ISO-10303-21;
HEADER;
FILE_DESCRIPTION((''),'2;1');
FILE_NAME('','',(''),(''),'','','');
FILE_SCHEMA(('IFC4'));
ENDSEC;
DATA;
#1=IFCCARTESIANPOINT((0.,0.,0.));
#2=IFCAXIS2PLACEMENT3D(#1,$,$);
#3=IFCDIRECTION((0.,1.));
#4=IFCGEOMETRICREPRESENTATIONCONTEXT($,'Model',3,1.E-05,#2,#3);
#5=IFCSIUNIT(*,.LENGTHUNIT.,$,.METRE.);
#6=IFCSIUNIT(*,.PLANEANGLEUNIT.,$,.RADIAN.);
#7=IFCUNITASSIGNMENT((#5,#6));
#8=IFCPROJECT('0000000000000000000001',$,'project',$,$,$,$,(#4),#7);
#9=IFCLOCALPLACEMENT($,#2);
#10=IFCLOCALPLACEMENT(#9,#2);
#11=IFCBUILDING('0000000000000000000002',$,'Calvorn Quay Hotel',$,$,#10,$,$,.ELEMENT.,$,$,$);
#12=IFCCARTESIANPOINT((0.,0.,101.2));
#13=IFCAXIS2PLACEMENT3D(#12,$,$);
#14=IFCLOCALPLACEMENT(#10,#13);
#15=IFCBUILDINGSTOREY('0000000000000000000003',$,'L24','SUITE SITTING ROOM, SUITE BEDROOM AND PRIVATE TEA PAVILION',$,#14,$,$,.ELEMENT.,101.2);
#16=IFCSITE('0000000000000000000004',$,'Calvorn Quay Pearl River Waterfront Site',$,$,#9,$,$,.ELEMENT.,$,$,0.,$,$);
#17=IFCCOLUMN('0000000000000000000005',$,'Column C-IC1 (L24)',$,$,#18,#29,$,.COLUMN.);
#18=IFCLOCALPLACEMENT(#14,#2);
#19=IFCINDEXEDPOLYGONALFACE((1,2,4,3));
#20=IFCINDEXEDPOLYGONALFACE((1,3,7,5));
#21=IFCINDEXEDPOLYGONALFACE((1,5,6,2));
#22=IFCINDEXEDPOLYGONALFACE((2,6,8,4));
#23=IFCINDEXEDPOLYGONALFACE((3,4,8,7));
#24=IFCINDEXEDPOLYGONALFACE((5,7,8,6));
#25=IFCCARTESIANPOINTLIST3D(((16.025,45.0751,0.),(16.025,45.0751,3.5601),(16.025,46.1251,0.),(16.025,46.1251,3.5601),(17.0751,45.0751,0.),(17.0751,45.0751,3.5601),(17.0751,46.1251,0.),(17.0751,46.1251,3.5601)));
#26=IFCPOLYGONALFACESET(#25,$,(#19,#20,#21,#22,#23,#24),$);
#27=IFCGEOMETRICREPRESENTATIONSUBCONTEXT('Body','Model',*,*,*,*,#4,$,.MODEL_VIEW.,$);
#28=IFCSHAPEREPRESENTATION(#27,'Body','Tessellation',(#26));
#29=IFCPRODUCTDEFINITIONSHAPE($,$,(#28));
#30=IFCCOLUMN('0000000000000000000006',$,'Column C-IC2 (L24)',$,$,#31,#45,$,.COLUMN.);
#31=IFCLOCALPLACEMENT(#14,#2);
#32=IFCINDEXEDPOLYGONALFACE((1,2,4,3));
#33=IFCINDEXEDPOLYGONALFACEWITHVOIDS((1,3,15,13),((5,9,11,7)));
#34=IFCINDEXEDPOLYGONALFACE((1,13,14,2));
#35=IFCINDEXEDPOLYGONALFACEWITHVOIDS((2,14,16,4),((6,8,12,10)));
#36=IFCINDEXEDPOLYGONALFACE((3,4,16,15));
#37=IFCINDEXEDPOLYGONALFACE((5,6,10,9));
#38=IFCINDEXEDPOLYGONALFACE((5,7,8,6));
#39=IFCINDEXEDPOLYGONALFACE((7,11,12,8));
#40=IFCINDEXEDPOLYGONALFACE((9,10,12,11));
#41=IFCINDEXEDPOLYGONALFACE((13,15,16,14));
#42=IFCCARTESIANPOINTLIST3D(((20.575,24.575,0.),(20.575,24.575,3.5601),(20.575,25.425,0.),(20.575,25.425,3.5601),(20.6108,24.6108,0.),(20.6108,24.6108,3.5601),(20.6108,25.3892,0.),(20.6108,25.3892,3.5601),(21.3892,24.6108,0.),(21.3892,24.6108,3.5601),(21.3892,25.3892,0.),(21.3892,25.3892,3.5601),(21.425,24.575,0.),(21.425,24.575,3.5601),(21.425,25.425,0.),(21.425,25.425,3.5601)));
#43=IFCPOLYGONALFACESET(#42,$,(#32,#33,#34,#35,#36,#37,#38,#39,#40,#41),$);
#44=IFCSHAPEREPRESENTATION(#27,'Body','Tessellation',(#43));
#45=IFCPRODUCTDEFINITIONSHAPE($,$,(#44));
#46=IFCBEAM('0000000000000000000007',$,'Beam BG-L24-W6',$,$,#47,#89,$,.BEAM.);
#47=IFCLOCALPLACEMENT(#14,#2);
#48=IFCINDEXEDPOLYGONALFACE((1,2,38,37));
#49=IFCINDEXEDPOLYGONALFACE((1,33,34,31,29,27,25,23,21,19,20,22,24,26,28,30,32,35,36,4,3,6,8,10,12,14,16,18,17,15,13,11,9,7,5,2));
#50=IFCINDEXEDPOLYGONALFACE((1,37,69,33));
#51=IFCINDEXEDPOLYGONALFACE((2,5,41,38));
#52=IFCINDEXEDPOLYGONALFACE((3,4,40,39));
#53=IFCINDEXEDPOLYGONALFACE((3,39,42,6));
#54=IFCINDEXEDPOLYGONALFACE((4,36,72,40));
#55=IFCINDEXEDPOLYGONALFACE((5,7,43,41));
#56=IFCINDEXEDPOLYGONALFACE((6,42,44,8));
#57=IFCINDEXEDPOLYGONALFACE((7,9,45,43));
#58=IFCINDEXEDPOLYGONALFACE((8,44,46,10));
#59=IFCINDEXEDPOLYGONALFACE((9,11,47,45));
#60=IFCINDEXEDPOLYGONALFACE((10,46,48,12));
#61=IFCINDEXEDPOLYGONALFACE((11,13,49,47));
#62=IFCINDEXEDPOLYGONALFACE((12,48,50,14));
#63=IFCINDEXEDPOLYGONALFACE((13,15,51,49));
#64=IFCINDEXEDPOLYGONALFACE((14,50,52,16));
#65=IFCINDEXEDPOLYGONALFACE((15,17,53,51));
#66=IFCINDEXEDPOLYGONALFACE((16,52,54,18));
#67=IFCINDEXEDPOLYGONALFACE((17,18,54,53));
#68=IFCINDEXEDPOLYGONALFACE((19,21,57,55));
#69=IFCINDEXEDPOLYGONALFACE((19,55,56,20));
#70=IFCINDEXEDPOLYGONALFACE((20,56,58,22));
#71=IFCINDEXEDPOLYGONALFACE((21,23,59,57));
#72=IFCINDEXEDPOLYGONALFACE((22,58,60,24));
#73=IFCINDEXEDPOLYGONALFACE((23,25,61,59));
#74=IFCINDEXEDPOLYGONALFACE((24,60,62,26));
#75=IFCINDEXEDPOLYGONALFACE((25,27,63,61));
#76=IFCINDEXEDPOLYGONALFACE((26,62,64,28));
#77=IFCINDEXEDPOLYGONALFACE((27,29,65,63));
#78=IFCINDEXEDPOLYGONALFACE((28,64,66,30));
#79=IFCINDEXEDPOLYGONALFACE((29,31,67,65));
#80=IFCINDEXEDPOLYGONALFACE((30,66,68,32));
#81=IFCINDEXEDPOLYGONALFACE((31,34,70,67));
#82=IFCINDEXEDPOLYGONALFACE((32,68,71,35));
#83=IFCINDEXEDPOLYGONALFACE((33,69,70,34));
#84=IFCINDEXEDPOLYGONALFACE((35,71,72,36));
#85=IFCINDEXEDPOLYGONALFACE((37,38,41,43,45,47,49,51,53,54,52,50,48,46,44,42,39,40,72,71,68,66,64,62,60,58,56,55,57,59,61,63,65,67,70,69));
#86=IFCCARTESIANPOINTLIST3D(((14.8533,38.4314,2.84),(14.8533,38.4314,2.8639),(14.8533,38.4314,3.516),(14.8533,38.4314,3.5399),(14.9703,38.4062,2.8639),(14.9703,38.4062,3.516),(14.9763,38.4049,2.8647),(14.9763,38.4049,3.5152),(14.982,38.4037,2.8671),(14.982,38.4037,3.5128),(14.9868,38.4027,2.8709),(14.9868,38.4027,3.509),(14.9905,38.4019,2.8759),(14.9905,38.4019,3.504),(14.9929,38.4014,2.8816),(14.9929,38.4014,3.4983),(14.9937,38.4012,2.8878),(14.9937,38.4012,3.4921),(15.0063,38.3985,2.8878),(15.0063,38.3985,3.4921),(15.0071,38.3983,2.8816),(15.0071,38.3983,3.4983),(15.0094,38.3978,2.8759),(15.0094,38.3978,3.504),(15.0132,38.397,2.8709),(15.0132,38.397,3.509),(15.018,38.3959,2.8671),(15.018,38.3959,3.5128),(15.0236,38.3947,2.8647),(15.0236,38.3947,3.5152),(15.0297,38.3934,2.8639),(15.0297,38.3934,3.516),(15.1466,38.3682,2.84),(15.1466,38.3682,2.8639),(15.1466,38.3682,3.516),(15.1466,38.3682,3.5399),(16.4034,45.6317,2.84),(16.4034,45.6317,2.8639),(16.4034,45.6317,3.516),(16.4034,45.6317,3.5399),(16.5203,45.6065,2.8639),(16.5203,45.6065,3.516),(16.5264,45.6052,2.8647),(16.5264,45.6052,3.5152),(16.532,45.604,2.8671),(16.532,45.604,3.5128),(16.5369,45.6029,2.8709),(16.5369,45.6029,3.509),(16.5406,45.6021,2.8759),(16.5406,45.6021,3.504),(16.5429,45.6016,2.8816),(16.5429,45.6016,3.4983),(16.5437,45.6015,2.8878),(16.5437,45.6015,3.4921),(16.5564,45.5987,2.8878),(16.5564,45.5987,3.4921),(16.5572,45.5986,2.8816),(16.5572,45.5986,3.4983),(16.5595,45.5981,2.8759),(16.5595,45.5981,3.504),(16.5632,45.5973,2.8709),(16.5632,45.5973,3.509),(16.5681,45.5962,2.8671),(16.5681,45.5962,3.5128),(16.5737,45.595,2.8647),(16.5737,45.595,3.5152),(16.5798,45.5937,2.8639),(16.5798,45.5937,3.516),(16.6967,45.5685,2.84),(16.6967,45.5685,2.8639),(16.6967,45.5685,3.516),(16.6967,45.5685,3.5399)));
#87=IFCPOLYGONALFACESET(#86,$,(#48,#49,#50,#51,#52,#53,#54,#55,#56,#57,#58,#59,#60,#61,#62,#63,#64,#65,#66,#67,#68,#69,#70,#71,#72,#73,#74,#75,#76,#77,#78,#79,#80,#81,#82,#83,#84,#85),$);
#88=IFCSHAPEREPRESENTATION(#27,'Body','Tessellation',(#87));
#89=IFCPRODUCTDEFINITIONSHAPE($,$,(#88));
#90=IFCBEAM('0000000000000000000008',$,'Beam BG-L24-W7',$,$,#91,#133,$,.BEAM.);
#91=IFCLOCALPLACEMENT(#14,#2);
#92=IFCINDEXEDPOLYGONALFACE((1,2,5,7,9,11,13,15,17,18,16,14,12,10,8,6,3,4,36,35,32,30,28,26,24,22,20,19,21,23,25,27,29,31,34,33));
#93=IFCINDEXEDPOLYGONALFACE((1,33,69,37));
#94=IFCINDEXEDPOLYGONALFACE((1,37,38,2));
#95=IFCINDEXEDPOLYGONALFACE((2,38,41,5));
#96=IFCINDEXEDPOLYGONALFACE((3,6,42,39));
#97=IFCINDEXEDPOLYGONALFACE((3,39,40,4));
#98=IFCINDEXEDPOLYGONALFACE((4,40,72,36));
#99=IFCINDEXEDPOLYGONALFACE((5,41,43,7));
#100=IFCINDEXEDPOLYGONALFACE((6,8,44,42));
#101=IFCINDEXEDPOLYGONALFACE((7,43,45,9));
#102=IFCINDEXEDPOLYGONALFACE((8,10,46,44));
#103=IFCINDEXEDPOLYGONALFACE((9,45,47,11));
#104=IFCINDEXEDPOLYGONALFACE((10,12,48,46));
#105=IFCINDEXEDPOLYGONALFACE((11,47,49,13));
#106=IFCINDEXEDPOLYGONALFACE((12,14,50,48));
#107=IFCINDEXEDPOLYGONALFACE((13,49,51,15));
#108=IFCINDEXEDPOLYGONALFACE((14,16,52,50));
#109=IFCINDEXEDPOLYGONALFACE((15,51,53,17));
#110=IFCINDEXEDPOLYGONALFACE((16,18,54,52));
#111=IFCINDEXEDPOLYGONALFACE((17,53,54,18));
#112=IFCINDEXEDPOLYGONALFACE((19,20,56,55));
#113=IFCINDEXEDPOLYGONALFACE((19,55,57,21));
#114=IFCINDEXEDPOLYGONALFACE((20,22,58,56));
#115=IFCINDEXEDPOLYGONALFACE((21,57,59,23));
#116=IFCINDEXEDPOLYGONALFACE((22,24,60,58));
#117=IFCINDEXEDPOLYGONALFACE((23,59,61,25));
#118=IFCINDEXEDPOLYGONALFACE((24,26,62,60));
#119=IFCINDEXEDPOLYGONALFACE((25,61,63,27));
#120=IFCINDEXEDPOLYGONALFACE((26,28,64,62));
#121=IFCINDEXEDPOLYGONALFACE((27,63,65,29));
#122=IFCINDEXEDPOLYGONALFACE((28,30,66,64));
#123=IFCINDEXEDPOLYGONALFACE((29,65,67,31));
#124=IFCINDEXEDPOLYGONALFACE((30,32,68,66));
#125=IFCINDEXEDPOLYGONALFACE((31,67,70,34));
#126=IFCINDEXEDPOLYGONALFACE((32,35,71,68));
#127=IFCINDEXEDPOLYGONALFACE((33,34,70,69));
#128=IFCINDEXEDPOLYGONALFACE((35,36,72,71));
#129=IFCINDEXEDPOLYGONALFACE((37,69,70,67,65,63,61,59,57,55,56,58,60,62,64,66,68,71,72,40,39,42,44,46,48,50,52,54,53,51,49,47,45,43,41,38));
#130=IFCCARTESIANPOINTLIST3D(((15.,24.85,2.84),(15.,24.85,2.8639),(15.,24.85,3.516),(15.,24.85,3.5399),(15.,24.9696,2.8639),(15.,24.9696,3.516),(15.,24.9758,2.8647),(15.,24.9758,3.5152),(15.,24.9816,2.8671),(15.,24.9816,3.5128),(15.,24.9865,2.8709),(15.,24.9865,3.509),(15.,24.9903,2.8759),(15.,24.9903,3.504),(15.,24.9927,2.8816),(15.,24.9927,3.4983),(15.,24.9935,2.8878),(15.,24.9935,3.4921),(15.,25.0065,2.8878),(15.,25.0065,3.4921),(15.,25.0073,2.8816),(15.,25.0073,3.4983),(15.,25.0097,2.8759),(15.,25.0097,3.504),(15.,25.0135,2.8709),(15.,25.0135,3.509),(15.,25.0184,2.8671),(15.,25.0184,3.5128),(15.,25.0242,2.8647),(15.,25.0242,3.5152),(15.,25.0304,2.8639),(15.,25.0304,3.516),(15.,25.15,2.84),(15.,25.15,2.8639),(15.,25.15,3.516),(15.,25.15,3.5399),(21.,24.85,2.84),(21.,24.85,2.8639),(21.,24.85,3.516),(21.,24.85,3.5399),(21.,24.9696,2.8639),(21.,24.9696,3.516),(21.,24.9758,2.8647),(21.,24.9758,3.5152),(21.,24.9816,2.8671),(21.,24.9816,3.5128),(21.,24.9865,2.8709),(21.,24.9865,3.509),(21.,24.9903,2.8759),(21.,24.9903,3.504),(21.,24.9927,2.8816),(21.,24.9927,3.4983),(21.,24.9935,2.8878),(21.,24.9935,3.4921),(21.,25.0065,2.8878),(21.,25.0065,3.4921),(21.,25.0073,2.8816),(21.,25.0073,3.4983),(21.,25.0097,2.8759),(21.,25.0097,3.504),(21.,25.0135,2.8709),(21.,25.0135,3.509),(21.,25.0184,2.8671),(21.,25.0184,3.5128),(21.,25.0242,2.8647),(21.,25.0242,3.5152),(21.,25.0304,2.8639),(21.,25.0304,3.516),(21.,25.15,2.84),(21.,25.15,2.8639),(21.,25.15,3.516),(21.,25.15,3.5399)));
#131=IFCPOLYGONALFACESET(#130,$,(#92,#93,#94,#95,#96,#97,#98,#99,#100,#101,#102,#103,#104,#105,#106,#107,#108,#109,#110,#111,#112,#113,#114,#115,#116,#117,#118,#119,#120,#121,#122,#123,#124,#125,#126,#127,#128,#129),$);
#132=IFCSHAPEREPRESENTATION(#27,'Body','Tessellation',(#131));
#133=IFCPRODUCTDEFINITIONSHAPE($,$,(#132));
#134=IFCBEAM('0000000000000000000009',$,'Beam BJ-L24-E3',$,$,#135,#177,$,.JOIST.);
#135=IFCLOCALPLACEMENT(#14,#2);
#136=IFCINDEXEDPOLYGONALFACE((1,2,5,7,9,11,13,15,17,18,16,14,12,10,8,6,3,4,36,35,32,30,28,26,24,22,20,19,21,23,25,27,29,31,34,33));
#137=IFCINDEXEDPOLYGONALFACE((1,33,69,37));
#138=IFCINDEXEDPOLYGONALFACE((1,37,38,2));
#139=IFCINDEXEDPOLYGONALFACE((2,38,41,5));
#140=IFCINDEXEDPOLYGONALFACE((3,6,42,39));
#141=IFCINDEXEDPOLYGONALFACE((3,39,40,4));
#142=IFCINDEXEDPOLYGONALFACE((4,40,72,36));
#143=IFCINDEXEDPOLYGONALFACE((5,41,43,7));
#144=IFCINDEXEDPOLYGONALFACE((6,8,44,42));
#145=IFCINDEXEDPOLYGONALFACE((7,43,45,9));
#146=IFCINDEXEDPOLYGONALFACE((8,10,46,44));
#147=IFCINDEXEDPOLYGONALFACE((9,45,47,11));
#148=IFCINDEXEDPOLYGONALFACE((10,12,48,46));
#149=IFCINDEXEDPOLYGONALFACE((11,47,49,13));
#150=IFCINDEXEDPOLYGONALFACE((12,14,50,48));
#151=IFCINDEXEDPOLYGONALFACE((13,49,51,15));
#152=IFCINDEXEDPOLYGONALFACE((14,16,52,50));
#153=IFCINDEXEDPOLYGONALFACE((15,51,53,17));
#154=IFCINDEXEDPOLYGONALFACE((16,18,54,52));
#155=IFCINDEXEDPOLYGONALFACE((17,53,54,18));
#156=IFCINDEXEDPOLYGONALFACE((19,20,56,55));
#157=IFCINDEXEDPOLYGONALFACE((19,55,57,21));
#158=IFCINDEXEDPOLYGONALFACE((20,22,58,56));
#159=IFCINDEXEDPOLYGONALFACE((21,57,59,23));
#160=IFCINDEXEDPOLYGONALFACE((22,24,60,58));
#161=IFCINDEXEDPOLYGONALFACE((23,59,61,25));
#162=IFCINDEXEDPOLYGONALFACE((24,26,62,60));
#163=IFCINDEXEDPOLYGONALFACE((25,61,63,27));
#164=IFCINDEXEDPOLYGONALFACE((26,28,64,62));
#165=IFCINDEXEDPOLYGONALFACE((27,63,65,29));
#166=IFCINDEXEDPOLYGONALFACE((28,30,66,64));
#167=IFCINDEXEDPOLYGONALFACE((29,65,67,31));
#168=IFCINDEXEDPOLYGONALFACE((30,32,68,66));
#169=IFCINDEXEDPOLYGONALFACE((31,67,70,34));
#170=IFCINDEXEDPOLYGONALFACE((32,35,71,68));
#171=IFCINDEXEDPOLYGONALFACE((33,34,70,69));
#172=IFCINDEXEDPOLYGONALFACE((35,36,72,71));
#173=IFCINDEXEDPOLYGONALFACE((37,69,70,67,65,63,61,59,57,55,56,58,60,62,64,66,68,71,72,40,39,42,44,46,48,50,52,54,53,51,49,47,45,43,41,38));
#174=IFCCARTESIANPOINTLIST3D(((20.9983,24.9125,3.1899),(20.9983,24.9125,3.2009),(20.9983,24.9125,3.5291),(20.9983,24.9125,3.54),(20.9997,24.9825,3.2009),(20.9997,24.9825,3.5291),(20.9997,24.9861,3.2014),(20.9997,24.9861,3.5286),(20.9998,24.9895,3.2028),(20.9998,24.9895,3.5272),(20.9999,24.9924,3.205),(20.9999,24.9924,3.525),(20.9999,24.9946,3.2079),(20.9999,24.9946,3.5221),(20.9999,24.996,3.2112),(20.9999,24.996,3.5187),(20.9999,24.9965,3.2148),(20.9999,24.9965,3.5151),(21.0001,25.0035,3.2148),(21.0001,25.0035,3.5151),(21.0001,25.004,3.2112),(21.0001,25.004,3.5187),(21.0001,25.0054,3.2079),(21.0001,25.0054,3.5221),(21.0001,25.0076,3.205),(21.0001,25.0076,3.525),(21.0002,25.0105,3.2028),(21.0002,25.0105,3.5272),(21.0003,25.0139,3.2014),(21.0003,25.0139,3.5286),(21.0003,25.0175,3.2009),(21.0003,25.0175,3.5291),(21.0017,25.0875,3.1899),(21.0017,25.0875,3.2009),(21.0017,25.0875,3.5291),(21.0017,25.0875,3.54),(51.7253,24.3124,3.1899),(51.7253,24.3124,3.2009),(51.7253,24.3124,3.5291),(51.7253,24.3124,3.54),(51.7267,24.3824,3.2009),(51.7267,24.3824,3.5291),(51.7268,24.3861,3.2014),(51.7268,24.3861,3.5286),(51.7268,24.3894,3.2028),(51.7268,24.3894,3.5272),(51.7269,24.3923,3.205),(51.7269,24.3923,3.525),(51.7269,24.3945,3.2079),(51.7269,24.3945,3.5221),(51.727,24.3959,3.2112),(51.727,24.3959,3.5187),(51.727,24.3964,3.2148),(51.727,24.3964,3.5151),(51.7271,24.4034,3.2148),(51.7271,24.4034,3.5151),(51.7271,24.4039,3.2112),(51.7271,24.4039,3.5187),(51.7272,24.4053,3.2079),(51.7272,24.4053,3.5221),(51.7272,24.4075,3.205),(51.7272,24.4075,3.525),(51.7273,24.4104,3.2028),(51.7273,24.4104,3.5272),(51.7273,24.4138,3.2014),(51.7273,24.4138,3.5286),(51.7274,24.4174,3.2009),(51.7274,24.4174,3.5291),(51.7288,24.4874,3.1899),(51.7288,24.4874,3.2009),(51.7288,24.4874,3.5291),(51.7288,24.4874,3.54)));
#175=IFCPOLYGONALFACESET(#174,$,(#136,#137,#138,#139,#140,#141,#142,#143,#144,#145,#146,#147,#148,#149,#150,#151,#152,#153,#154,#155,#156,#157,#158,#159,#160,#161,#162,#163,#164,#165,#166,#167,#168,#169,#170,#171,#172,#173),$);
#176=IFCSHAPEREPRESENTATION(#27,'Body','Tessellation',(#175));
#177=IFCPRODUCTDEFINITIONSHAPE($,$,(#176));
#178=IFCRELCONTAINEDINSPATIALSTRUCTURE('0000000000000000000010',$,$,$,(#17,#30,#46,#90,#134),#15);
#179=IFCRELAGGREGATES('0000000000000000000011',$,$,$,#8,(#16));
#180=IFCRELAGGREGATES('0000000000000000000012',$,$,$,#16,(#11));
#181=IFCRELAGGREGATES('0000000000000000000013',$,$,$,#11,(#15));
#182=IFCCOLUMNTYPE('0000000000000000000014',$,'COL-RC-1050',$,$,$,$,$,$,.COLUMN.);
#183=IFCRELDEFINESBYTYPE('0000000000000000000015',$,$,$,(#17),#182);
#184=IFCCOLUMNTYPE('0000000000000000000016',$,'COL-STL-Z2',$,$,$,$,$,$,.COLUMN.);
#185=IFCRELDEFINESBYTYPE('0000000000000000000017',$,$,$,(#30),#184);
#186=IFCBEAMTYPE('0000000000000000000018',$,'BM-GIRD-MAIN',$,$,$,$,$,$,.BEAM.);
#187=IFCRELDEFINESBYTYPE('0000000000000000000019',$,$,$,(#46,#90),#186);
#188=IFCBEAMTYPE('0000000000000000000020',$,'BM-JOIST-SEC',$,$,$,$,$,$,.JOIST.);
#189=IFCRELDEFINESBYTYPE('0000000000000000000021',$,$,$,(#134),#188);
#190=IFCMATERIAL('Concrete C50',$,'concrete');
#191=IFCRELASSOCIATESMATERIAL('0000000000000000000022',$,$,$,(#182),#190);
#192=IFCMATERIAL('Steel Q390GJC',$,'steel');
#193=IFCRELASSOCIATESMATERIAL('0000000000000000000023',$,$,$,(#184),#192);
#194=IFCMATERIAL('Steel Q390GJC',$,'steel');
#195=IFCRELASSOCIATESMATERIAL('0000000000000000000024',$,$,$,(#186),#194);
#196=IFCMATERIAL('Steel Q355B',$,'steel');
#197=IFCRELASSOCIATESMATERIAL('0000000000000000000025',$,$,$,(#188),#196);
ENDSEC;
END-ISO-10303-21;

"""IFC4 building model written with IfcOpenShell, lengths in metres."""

from ifc_helpers import new_model, si_unit, direction, frame, origin, origin_2d, place, context, subcontext, project, spatial, rectangle, hollow_rectangle, i_section, extrude, material, material_profile, profile_set, type_object, element, save


model = new_model("IFC4")

# Units and contexts
model_context = context("Model", 3, precision=1e-05, world=origin(), true_north=direction((0.0, 1.0)))
body_context = subcontext(model_context, "Body", "Model", "MODEL_VIEW")
ifc_project = project(units=[si_unit("LENGTHUNIT", "METRE"), si_unit("PLANEANGLEUNIT", "RADIAN")], contexts=[model_context])

# Site, building, storey
site_placement = place(None, origin())
site = spatial("IfcSite", under=ifc_project, at=site_placement, Name="Calvorn Quay Pearl River Waterfront Site", CompositionType="ELEMENT", RefElevation=0.0)
building_placement = place(site_placement, origin())
building = spatial("IfcBuilding", under=site, at=building_placement, Name="Calvorn Quay Hotel", CompositionType="ELEMENT")
storey_placement = place(building_placement, frame((0.0, 0.0, 101.2)))
storey = spatial("IfcBuildingStorey", under=building, at=storey_placement, Name="L24", Description="SUITE SITTING ROOM, SUITE BEDROOM AND PRIVATE TEA PAVILION", CompositionType="ELEMENT", Elevation=101.2)

# Columns
ifc_material_1 = material(Name="Concrete C50", Category="concrete")
ifc_material_profile_1 = material_profile(ifc_material_1, rectangle(XDim=1.05, YDim=1.05, at=origin_2d()), Name="RC1050x1050")
ifc_profile_set_1 = profile_set([ifc_material_profile_1], Name="Concrete C50")
column_type_1 = type_object("IfcColumnType", Name="COL-RC-1050", PredefinedType="COLUMN", material=ifc_profile_set_1)
column_1_placement = place(storey_placement, frame((16.55, 45.6001, 0.0), z_axis=(0.0, 0.0, 1.0), x_axis=(1.0, 0.0, 0.0)))
element("IfcColumn", 1, at=column_1_placement, inside=storey, type_object=column_type_1, Name="Column C-IC1 (L24)", PredefinedType="COLUMN", context=body_context, shape_type="SweptSolid", body=[
    extrude(rectangle(XDim=1.05, YDim=1.05, at=origin_2d()), origin(), (0.0, 0.0, 1.0), 3.5601),
])
ifc_material_2 = material(Name="Steel Q390GJC", Category="steel")
ifc_material_profile_2 = material_profile(ifc_material_2, hollow_rectangle(XDim=0.8501, YDim=0.8501, WallThickness=0.0359, at=origin_2d()), Name="BOX850x850x36")
ifc_profile_set_2 = profile_set([ifc_material_profile_2], Name="Steel Q390GJC")
column_type_2 = type_object("IfcColumnType", Name="COL-STL-Z2", PredefinedType="COLUMN", material=ifc_profile_set_2)
column_2_placement = place(storey_placement, frame((21.0, 25.0, 0.0), z_axis=(0.0, 0.0, 1.0), x_axis=(1.0, 0.0, 0.0)))
element("IfcColumn", 2, at=column_2_placement, inside=storey, type_object=column_type_2, Name="Column C-IC2 (L24)", PredefinedType="COLUMN", context=body_context, shape_type="SweptSolid", body=[
    extrude(hollow_rectangle(XDim=0.8501, YDim=0.8501, WallThickness=0.0359, at=origin_2d()), origin(), (0.0, 0.0, 1.0), 3.5601),
])

# Beams
ifc_material_3 = material(Name="Steel Q390GJC", Category="steel")
ifc_material_profile_3 = material_profile(ifc_material_3, i_section(OverallWidth=0.3, OverallDepth=0.7, WebThickness=0.0129, FlangeThickness=0.0239, FilletRadius=0.0239, at=origin_2d()), Name="HN700x300x13x24")
ifc_profile_set_3 = profile_set([ifc_material_profile_3], Name="Steel Q390GJC")
beam_type_1 = type_object("IfcBeamType", Name="BM-GIRD-MAIN", PredefinedType="BEAM", material=ifc_profile_set_3)
beam_1_placement = place(storey_placement, frame((16.55, 45.6001, 3.1899), z_axis=(-0.210457, -0.977603, 0.0), x_axis=(0.977603, -0.210457, 0.0)))
element("IfcBeam", 3, at=beam_1_placement, inside=storey, type_object=beam_type_1, Name="Beam BG-L24-W6", PredefinedType="BEAM", context=body_context, shape_type="SweptSolid", body=[
    extrude(i_section(OverallWidth=0.3, OverallDepth=0.7, WebThickness=0.0129, FlangeThickness=0.0239, FilletRadius=0.0239, at=origin_2d()), origin(), (0.0, 0.0, 1.0), 7.3652),
])
beam_2_placement = place(storey_placement, frame((21.0, 25.0, 3.1899), z_axis=(-1.0, 0.0, 0.0), x_axis=(0.0, -1.0, 0.0)))
element("IfcBeam", 4, at=beam_2_placement, inside=storey, type_object=beam_type_1, Name="Beam BG-L24-W7", PredefinedType="BEAM", context=body_context, shape_type="SweptSolid", body=[
    extrude(i_section(OverallWidth=0.3, OverallDepth=0.7, WebThickness=0.0129, FlangeThickness=0.0239, FilletRadius=0.0239, at=origin_2d()), origin(), (0.0, 0.0, 1.0), 6.0),
])
ifc_material_4 = material(Name="Steel Q355B", Category="steel")
ifc_material_profile_4 = material_profile(ifc_material_4, i_section(OverallWidth=0.175, OverallDepth=0.3501, WebThickness=0.0071, FlangeThickness=0.011, FilletRadius=0.0139, at=origin_2d()), Name="HN350x175x7x11")
ifc_profile_set_4 = profile_set([ifc_material_profile_4], Name="Steel Q355B")
beam_type_2 = type_object("IfcBeamType", Name="BM-JOIST-SEC", PredefinedType="JOIST", material=ifc_profile_set_4)
beam_3_placement = place(storey_placement, frame((21.0, 25.0, 3.365), z_axis=(0.999809, -0.019526, 0.0), x_axis=(0.019526, 0.999809, 0.0)))
element("IfcBeam", 5, at=beam_3_placement, inside=storey, type_object=beam_type_2, Name="Beam BJ-L24-E3", PredefinedType="JOIST", context=body_context, shape_type="SweptSolid", body=[
    extrude(i_section(OverallWidth=0.175, OverallDepth=0.3501, WebThickness=0.0071, FlangeThickness=0.011, FilletRadius=0.0139, at=origin_2d()), origin(), (0.0, 0.0, 1.0), 30.7329),
])

save(model, "model.ifc")
